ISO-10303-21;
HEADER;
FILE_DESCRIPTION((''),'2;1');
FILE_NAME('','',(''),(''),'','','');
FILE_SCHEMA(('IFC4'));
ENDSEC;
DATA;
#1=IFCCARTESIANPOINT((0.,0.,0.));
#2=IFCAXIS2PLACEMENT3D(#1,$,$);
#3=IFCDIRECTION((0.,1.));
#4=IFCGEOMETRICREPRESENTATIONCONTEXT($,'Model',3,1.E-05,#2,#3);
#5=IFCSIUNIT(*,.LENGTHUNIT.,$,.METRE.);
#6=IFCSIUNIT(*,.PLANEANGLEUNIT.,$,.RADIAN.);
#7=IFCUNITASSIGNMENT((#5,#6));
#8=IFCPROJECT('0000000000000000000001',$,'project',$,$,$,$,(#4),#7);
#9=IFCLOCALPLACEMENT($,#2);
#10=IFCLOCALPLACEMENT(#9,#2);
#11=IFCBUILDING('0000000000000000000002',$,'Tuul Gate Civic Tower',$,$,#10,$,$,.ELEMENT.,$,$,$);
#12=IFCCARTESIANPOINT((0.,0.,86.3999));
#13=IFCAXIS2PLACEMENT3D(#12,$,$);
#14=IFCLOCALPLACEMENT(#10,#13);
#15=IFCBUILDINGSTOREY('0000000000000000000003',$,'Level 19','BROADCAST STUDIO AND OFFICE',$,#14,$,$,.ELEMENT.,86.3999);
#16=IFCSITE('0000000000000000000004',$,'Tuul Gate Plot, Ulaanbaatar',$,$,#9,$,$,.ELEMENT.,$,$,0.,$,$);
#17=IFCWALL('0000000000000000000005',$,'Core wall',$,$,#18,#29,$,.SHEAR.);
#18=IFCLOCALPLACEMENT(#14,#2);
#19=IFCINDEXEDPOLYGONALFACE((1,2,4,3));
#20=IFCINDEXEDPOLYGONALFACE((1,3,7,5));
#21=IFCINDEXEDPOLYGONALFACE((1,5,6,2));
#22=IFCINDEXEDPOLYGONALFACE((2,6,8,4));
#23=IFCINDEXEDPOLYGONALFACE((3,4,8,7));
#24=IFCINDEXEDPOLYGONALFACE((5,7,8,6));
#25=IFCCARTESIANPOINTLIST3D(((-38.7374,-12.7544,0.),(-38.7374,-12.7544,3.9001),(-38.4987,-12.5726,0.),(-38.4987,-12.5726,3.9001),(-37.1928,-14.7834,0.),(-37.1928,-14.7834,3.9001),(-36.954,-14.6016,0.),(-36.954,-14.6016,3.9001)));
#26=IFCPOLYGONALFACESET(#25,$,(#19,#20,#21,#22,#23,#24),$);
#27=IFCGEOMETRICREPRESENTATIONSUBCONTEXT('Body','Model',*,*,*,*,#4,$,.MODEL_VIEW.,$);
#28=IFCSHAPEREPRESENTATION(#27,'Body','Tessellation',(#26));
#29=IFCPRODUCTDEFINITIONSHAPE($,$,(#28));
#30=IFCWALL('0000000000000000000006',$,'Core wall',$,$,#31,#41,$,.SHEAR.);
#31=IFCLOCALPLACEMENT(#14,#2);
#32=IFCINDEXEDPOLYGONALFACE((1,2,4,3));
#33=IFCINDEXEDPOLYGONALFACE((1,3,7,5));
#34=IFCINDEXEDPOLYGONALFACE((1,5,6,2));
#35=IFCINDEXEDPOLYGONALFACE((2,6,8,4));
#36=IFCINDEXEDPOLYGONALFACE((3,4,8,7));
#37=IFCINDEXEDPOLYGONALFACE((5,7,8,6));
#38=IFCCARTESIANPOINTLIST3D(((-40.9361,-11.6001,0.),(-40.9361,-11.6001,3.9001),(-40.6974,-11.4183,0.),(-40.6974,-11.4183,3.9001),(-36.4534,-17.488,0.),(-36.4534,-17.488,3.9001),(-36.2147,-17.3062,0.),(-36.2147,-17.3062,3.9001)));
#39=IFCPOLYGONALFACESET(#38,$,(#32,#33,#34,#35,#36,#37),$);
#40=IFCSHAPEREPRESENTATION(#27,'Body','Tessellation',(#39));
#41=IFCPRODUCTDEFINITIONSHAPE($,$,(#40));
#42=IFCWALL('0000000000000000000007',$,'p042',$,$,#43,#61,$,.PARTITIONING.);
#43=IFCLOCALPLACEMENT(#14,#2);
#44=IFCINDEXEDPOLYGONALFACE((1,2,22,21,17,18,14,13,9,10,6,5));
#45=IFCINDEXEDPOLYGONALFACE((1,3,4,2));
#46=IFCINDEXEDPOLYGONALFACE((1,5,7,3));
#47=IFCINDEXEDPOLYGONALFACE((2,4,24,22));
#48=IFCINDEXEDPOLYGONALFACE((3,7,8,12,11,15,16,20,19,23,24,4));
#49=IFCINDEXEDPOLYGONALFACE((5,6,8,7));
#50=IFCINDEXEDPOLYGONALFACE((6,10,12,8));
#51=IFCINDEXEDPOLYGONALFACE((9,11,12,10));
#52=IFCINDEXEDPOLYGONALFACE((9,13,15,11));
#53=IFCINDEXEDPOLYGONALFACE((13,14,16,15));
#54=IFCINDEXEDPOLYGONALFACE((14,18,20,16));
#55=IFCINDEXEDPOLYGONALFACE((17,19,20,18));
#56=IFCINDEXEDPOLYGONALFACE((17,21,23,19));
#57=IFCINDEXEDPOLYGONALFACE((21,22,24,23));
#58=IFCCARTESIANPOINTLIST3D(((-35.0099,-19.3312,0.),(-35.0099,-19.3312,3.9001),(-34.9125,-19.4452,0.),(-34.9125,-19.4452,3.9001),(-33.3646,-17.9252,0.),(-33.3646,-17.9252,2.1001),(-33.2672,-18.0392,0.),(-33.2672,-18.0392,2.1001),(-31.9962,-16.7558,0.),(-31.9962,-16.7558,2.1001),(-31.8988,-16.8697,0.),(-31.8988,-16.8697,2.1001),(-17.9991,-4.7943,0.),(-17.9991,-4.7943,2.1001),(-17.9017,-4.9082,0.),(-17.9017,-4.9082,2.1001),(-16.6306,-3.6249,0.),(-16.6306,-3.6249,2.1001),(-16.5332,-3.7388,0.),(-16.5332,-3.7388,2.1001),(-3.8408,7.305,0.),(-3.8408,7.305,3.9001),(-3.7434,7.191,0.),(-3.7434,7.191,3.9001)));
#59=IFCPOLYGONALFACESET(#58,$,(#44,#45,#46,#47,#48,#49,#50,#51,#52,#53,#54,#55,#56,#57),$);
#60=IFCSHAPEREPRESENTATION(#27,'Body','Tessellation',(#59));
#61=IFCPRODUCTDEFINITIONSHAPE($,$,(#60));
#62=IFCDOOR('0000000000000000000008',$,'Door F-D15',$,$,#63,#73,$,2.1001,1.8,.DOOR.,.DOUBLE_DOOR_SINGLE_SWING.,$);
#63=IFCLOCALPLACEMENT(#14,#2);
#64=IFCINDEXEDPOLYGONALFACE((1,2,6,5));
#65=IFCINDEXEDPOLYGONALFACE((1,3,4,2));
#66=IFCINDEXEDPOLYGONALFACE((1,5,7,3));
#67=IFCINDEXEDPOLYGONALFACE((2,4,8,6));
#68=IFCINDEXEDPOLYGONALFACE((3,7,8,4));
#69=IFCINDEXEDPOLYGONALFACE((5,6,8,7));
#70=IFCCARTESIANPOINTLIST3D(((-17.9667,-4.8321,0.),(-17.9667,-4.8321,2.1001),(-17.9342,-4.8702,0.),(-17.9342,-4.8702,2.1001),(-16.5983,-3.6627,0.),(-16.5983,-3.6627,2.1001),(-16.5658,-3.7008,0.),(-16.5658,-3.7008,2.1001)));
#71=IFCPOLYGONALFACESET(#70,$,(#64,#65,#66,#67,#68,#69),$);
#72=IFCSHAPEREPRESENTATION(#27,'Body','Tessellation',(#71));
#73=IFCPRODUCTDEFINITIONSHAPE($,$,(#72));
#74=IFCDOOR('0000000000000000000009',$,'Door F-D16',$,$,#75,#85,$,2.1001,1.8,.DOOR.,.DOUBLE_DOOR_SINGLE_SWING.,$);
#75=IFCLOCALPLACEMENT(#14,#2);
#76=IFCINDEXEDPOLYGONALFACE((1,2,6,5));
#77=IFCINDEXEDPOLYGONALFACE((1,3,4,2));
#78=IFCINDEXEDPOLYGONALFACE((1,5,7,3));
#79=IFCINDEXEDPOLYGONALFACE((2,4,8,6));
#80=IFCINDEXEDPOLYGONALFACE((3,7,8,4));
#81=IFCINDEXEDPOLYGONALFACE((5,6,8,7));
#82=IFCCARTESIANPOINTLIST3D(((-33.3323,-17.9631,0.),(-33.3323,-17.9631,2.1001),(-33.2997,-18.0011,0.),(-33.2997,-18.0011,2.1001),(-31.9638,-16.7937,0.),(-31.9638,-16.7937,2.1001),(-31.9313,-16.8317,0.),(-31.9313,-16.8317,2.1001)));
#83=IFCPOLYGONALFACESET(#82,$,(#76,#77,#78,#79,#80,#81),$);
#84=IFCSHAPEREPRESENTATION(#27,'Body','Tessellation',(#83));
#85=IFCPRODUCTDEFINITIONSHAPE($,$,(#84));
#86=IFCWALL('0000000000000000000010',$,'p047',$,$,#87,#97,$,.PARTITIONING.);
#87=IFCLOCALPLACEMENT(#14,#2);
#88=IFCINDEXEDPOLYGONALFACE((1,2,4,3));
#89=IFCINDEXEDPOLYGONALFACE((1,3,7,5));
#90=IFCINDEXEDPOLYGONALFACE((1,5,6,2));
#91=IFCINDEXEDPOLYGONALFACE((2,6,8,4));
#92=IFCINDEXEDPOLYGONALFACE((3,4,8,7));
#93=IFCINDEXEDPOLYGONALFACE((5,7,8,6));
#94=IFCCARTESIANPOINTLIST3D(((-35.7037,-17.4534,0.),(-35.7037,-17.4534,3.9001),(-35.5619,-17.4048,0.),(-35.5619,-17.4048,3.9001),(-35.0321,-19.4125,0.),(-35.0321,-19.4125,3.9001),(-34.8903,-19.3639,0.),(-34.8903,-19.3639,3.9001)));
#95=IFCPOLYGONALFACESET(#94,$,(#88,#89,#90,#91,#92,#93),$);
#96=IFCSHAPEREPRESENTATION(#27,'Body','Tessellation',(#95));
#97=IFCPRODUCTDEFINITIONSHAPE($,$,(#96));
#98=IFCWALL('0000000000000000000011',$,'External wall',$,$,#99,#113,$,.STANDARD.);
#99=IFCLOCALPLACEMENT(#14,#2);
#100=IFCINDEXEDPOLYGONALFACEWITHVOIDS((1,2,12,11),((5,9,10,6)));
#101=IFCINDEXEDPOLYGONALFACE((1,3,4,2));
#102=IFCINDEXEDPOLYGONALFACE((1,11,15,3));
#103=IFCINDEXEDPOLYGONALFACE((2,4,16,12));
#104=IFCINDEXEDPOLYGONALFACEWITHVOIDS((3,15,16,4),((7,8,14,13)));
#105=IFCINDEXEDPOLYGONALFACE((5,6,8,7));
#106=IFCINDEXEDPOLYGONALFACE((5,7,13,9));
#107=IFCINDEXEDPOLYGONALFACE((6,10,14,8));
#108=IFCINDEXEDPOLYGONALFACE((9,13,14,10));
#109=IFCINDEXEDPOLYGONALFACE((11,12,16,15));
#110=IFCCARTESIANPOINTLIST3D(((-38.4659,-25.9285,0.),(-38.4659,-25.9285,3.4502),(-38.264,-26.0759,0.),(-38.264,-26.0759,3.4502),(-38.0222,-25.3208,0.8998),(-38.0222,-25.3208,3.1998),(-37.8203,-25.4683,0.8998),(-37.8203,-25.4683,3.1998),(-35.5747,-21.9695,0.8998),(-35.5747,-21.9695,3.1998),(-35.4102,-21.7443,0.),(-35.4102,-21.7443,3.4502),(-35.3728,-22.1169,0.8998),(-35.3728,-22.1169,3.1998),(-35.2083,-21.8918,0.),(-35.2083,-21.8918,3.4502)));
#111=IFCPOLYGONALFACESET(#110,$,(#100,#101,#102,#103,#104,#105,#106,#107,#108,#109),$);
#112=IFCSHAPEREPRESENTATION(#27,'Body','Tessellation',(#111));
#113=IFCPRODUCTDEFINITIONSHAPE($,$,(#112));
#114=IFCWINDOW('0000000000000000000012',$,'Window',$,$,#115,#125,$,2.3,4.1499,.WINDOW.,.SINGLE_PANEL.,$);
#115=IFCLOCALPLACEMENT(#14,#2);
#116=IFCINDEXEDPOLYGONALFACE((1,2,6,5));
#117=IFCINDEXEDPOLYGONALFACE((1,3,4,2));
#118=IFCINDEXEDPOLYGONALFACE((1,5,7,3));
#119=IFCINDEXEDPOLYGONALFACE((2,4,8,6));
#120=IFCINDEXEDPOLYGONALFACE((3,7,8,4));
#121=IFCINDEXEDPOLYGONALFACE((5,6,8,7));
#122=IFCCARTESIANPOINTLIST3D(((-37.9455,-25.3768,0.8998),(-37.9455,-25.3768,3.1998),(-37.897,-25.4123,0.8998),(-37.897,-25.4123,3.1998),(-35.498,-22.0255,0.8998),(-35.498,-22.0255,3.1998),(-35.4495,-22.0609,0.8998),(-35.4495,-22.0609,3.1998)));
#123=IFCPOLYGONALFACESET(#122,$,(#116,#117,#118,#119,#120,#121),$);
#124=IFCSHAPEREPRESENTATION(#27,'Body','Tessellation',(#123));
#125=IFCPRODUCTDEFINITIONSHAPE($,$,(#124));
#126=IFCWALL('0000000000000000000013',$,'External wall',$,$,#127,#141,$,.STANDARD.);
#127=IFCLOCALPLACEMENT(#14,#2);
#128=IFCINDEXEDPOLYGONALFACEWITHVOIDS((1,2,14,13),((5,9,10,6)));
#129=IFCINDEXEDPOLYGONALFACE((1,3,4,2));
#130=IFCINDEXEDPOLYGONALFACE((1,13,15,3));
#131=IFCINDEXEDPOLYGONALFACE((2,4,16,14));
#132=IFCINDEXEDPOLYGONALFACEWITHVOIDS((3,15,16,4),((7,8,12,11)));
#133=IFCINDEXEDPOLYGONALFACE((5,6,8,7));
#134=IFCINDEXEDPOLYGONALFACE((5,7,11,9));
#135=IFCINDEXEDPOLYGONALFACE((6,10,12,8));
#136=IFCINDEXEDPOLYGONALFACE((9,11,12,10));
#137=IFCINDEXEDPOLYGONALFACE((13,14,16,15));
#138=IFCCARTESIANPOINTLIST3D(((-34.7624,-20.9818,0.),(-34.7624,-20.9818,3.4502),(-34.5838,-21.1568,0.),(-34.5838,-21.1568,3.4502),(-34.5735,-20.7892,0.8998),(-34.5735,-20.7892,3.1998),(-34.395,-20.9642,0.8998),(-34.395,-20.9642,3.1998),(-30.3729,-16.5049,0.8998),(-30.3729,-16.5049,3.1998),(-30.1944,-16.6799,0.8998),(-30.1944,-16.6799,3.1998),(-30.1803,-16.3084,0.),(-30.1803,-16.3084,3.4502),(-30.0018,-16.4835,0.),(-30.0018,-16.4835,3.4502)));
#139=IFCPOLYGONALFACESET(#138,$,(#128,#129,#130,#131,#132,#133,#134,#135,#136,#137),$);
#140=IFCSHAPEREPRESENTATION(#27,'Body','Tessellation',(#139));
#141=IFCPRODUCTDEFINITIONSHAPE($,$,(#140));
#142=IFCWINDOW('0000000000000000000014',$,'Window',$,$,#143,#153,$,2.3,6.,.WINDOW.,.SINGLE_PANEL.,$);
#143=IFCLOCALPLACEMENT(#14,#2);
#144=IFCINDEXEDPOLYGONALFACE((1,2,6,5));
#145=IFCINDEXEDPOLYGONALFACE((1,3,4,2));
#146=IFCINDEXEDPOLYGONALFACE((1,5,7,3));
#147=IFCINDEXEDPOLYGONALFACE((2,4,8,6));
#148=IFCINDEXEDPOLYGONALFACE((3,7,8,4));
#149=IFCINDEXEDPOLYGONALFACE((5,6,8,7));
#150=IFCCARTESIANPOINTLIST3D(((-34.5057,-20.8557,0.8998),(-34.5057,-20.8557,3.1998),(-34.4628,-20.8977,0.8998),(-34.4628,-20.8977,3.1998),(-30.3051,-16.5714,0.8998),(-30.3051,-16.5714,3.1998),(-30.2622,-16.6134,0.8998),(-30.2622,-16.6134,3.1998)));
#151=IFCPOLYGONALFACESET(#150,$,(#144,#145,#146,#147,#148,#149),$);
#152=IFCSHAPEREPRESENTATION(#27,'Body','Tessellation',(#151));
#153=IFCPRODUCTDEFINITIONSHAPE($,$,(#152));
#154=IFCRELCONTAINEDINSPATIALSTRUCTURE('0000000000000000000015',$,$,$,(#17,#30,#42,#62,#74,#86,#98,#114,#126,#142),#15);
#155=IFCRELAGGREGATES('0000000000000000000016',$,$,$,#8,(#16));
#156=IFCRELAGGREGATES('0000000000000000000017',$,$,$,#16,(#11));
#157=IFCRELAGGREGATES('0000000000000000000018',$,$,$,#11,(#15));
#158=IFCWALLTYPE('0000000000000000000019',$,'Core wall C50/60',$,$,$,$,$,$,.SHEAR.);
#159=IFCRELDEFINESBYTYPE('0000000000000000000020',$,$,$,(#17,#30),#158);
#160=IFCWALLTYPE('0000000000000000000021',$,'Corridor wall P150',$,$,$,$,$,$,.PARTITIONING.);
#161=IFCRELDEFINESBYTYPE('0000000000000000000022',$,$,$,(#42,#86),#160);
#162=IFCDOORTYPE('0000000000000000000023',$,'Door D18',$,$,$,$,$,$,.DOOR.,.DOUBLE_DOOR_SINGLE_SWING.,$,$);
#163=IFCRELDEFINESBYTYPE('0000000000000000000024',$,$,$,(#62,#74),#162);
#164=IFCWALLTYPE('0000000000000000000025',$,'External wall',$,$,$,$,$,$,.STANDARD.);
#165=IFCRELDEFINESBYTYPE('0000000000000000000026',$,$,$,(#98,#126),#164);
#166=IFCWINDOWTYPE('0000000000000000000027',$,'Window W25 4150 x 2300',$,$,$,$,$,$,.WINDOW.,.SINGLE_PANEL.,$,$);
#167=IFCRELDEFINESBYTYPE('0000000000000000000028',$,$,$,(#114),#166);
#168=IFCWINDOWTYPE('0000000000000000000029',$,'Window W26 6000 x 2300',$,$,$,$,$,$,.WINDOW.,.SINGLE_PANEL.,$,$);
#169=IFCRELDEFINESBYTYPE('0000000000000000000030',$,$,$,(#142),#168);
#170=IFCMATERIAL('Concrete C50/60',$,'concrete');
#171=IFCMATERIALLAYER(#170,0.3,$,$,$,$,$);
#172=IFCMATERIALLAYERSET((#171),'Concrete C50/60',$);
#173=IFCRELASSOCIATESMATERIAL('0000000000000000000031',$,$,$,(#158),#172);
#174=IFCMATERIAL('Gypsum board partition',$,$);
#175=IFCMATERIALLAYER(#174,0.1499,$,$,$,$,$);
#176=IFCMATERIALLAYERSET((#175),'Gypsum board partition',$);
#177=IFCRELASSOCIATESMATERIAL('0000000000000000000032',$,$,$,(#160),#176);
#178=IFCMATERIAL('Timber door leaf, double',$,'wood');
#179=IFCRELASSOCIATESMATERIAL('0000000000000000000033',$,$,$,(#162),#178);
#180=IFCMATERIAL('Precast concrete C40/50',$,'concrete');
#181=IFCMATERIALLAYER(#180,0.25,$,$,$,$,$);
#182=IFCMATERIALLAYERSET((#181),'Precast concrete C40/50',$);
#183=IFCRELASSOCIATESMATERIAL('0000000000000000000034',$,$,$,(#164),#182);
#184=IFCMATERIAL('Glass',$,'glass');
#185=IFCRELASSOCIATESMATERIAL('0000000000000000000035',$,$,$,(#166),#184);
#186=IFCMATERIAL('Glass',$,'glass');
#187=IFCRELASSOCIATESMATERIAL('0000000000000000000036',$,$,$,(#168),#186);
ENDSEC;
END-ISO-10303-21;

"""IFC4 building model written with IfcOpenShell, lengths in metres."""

from ifc_helpers import new_model, si_unit, direction, frame, frame_2d, origin, place, context, subcontext, project, spatial, rectangle, extrude, material, layer, layer_set, type_object, element, fill, save


model = new_model("IFC4")

# Units and contexts
model_context = context("Model", 3, precision=1e-05, world=origin(), true_north=direction((0.0, 1.0)))
body_context = subcontext(model_context, "Body", "Model", "MODEL_VIEW")
ifc_project = project(units=[si_unit("LENGTHUNIT", "METRE"), si_unit("PLANEANGLEUNIT", "RADIAN")], contexts=[model_context])

# Site, building, storey
site_placement = place(None, origin())
site = spatial("IfcSite", under=ifc_project, at=site_placement, Name="Tuul Gate Plot, Ulaanbaatar", CompositionType="ELEMENT", RefElevation=0.0)
building_placement = place(site_placement, origin())
building = spatial("IfcBuilding", under=site, at=building_placement, Name="Tuul Gate Civic Tower", CompositionType="ELEMENT")
storey_placement = place(building_placement, frame((0.0, 0.0, 86.3999)))
storey = spatial("IfcBuildingStorey", under=building, at=storey_placement, Name="Level 19", Description="BROADCAST STUDIO AND OFFICE", CompositionType="ELEMENT", Elevation=86.3999)

# Shared definitions
ifc_material_1 = material(Name="Concrete C50/60", Category="concrete")
ifc_layer_1 = layer(ifc_material_1, 0.3)
ifc_layer_set_1 = layer_set([ifc_layer_1], Name="Concrete C50/60")
wall_type_1 = type_object("IfcWallType", Name="Core wall C50/60", PredefinedType="SHEAR", material=ifc_layer_set_1)

# Walls
wall_1_placement = place(storey_placement, frame((-37.0735, -14.6924, 0.0), z_axis=(0.0, 0.0, 1.0), x_axis=(-0.605729, 0.795671, 0.0)))
element("IfcWall", 1, at=wall_1_placement, inside=storey, type_object=wall_type_1, Name="Core wall", PredefinedType="SHEAR", context=body_context, shape_type="SweptSolid", body=[
    extrude(rectangle(XDim=2.55, YDim=0.3, at=frame_2d((1.2749, 0.0))), origin(), (0.0, 0.0, 1.0), 3.9001),
])
wall_2_placement = place(storey_placement, frame((-36.334, -17.3972, 0.0), z_axis=(0.0, 0.0, 1.0), x_axis=(-0.605754, 0.795652, 0.0)))
element("IfcWall", 2, at=wall_2_placement, inside=storey, type_object=wall_type_1, Name="Core wall", PredefinedType="SHEAR", context=body_context, shape_type="SweptSolid", body=[
    extrude(rectangle(XDim=7.4001, YDim=0.3, at=frame_2d((3.7002, 0.0))), origin(), (0.0, 0.0, 1.0), 3.9001),
])

# Wall, openings, doors
ifc_material_2 = material(Name="Gypsum board partition")
ifc_layer_2 = layer(ifc_material_2, 0.1499)
ifc_layer_set_2 = layer_set([ifc_layer_2], Name="Gypsum board partition")
wall_type_2 = type_object("IfcWallType", Name="Corridor wall P150", PredefinedType="PARTITIONING", material=ifc_layer_set_2)
wall_3_placement = place(storey_placement, frame((-34.9612, -19.3882, 0.0), z_axis=(0.0, 0.0, 1.0), x_axis=(0.760223, 0.649663, 0.0)))
wall_3 = element("IfcWall", 3, at=wall_3_placement, inside=storey, type_object=wall_type_2, Name="p042", PredefinedType="PARTITIONING", context=body_context, shape_type="SweptSolid", body=[
    extrude(rectangle(XDim=41.0, YDim=0.1499, at=frame_2d((20.5, 0.0))), origin(), (0.0, 0.0, 1.0), 3.9001),
])
opening_1_placement = place(wall_3_placement, frame((22.3762, 0.0, 0.0)))
opening_1 = element("IfcOpeningElement", 4, at=opening_1_placement, cuts=wall_3, PredefinedType="OPENING", context=body_context, shape_type="SweptSolid", body=[
    extrude(rectangle(XDim=1.8, YDim=2.1001, at=frame_2d((0.8999, 1.05))), frame((0.0, 0.085, 0.0), z_axis=(0.0, -1.0, 0.0), x_axis=(1.0, 0.0, 0.0)), (0.0, 0.0, 1.0), 0.1699),
])
opening_2_placement = place(wall_3_placement, frame((2.1643, 0.0, 0.0)))
opening_2 = element("IfcOpeningElement", 5, at=opening_2_placement, cuts=wall_3, PredefinedType="OPENING", context=body_context, shape_type="SweptSolid", body=[
    extrude(rectangle(XDim=1.8, YDim=2.1001, at=frame_2d((0.8999, 1.05))), frame((0.0, 0.085, 0.0), z_axis=(0.0, -1.0, 0.0), x_axis=(1.0, 0.0, 0.0)), (0.0, 0.0, 1.0), 0.1699),
])
ifc_material_3 = material(Name="Timber door leaf, double", Category="wood")
door_type_1 = type_object("IfcDoorType", Name="Door D18", OperationType="DOUBLE_DOOR_SINGLE_SWING", PredefinedType="DOOR", material=ifc_material_3)
door_1_placement = place(opening_1_placement, frame((1.8, 0.0, 0.0), z_axis=(0.0, 0.0, 1.0), x_axis=(-1.0, 0.0, 0.0)))
door_1 = element("IfcDoor", 6, at=door_1_placement, inside=storey, type_object=door_type_1, Name="Door F-D15", OperationType="DOUBLE_DOOR_SINGLE_SWING", OverallHeight=2.1001, OverallWidth=1.8, PredefinedType="DOOR", context=body_context, shape_type="SweptSolid", body=[
    extrude(rectangle(XDim=1.8, YDim=2.1001, at=frame_2d((0.9001, 1.05))), frame((0.0, 0.0249, 0.0), z_axis=(0.0, -1.0, 0.0), x_axis=(1.0, 0.0, 0.0)), (0.0, 0.0, 1.0), 0.05),
])
fill(opening_1, door_1)
door_2_placement = place(opening_2_placement, frame((1.8, 0.0, 0.0), z_axis=(0.0, 0.0, 1.0), x_axis=(-1.0, 0.0, 0.0)))
door_2 = element("IfcDoor", 7, at=door_2_placement, inside=storey, type_object=door_type_1, Name="Door F-D16", OperationType="DOUBLE_DOOR_SINGLE_SWING", OverallHeight=2.1001, OverallWidth=1.8, PredefinedType="DOOR", context=body_context, shape_type="SweptSolid", body=[
    extrude(rectangle(XDim=1.8, YDim=2.1001, at=frame_2d((0.9001, 1.05))), frame((0.0, 0.0249, 0.0), z_axis=(0.0, -1.0, 0.0), x_axis=(1.0, 0.0, 0.0)), (0.0, 0.0, 1.0), 0.05),
])
fill(opening_2, door_2)

# Wall
wall_4_placement = place(storey_placement, frame((-35.6328, -17.429, 0.0), z_axis=(0.0, 0.0, 1.0), x_axis=(0.324279, -0.945961, 0.0)))
element("IfcWall", 8, at=wall_4_placement, inside=storey, type_object=wall_type_2, Name="p047", PredefinedType="PARTITIONING", context=body_context, shape_type="SweptSolid", body=[
    extrude(rectangle(XDim=2.071, YDim=0.1499, at=frame_2d((1.0356, 0.0))), origin(), (0.0, 0.0, 1.0), 3.9001),
])

# Walls, openings, windows
ifc_material_4 = material(Name="Precast concrete C40/50", Category="concrete")
ifc_layer_3 = layer(ifc_material_4, 0.25)
ifc_layer_set_3 = layer_set([ifc_layer_3], Name="Precast concrete C40/50")
wall_type_3 = type_object("IfcWallType", Name="External wall", PredefinedType="STANDARD", material=ifc_layer_set_3)
wall_5_placement = place(storey_placement, frame((-38.365, -26.0022, 0.0), z_axis=(0.0, 0.0, 1.0), x_axis=(0.589773, 0.807569, 0.0)))
wall_5 = element("IfcWall", 9, at=wall_5_placement, inside=storey, type_object=wall_type_3, Name="External wall", PredefinedType="STANDARD", context=body_context, shape_type="SweptSolid", body=[
    extrude(rectangle(XDim=5.1812, YDim=0.25, at=frame_2d((2.5906, 0.0))), origin(), (0.0, 0.0, 1.0), 3.4502),
])
opening_3_placement = place(wall_5_placement, frame((0.7524, 0.0, 0.8999)))
opening_3 = element("IfcOpeningElement", 10, at=opening_3_placement, cuts=wall_5, PredefinedType="OPENING", context=body_context, shape_type="SweptSolid", body=[
    extrude(rectangle(XDim=4.1499, YDim=2.3, at=frame_2d((2.075, 1.1499))), frame((0.0, 0.135, 0.0), z_axis=(0.0, -1.0, 0.0), x_axis=(1.0, 0.0, 0.0)), (0.0, 0.0, 1.0), 0.27),
])
ifc_material_5 = material(Name="Glass", Category="glass")
window_type_1 = type_object("IfcWindowType", Name="Window W25 4150 x 2300", PartitioningType="SINGLE_PANEL", PredefinedType="WINDOW", material=ifc_material_5)
window_1_placement = place(opening_3_placement, origin())
window_1 = element("IfcWindow", 11, at=window_1_placement, inside=storey, type_object=window_type_1, Name="Window", OverallHeight=2.3, OverallWidth=4.1499, PartitioningType="SINGLE_PANEL", PredefinedType="WINDOW", context=body_context, shape_type="SweptSolid", body=[
    extrude(rectangle(XDim=4.1499, YDim=2.3, at=frame_2d((2.075, 1.1499))), frame((0.0, 0.03, 0.0), z_axis=(0.0, -1.0, 0.0), x_axis=(1.0, 0.0, 0.0)), (0.0, 0.0, 1.0), 0.0601),
])
fill(opening_3, window_1)
wall_6_placement = place(storey_placement, frame((-34.6731, -21.0693, 0.0), z_axis=(0.0, 0.0, 1.0), x_axis=(0.700097, 0.714048, 0.0)))
wall_6 = element("IfcWall", 12, at=wall_6_placement, inside=storey, type_object=wall_type_3, Name="External wall", PredefinedType="STANDARD", context=body_context, shape_type="SweptSolid", body=[
    extrude(rectangle(XDim=6.5449, YDim=0.25, at=frame_2d((3.2725, 0.0))), origin(), (0.0, 0.0, 1.0), 3.4502),
])
opening_4_placement = place(wall_6_placement, frame((0.2698, 0.0, 0.8999)))
opening_4 = element("IfcOpeningElement", 13, at=opening_4_placement, cuts=wall_6, PredefinedType="OPENING", context=body_context, shape_type="SweptSolid", body=[
    extrude(rectangle(XDim=6.0, YDim=2.3, at=frame_2d((3.0, 1.1499))), frame((0.0, 0.135, 0.0), z_axis=(0.0, -1.0, 0.0), x_axis=(1.0, 0.0, 0.0)), (0.0, 0.0, 1.0), 0.27),
])
ifc_material_6 = material(Name="Glass", Category="glass")
window_type_2 = type_object("IfcWindowType", Name="Window W26 6000 x 2300", PartitioningType="SINGLE_PANEL", PredefinedType="WINDOW", material=ifc_material_6)
window_2_placement = place(opening_4_placement, origin())
window_2 = element("IfcWindow", 14, at=window_2_placement, inside=storey, type_object=window_type_2, Name="Window", OverallHeight=2.3, OverallWidth=6.0, PartitioningType="SINGLE_PANEL", PredefinedType="WINDOW", context=body_context, shape_type="SweptSolid", body=[
    extrude(rectangle(XDim=6.0, YDim=2.3, at=frame_2d((3.0, 1.1499))), frame((0.0, 0.03, 0.0), z_axis=(0.0, -1.0, 0.0), x_axis=(1.0, 0.0, 0.0)), (0.0, 0.0, 1.0), 0.0601),
])
fill(opening_4, window_2)

save(model, "model.ifc")
